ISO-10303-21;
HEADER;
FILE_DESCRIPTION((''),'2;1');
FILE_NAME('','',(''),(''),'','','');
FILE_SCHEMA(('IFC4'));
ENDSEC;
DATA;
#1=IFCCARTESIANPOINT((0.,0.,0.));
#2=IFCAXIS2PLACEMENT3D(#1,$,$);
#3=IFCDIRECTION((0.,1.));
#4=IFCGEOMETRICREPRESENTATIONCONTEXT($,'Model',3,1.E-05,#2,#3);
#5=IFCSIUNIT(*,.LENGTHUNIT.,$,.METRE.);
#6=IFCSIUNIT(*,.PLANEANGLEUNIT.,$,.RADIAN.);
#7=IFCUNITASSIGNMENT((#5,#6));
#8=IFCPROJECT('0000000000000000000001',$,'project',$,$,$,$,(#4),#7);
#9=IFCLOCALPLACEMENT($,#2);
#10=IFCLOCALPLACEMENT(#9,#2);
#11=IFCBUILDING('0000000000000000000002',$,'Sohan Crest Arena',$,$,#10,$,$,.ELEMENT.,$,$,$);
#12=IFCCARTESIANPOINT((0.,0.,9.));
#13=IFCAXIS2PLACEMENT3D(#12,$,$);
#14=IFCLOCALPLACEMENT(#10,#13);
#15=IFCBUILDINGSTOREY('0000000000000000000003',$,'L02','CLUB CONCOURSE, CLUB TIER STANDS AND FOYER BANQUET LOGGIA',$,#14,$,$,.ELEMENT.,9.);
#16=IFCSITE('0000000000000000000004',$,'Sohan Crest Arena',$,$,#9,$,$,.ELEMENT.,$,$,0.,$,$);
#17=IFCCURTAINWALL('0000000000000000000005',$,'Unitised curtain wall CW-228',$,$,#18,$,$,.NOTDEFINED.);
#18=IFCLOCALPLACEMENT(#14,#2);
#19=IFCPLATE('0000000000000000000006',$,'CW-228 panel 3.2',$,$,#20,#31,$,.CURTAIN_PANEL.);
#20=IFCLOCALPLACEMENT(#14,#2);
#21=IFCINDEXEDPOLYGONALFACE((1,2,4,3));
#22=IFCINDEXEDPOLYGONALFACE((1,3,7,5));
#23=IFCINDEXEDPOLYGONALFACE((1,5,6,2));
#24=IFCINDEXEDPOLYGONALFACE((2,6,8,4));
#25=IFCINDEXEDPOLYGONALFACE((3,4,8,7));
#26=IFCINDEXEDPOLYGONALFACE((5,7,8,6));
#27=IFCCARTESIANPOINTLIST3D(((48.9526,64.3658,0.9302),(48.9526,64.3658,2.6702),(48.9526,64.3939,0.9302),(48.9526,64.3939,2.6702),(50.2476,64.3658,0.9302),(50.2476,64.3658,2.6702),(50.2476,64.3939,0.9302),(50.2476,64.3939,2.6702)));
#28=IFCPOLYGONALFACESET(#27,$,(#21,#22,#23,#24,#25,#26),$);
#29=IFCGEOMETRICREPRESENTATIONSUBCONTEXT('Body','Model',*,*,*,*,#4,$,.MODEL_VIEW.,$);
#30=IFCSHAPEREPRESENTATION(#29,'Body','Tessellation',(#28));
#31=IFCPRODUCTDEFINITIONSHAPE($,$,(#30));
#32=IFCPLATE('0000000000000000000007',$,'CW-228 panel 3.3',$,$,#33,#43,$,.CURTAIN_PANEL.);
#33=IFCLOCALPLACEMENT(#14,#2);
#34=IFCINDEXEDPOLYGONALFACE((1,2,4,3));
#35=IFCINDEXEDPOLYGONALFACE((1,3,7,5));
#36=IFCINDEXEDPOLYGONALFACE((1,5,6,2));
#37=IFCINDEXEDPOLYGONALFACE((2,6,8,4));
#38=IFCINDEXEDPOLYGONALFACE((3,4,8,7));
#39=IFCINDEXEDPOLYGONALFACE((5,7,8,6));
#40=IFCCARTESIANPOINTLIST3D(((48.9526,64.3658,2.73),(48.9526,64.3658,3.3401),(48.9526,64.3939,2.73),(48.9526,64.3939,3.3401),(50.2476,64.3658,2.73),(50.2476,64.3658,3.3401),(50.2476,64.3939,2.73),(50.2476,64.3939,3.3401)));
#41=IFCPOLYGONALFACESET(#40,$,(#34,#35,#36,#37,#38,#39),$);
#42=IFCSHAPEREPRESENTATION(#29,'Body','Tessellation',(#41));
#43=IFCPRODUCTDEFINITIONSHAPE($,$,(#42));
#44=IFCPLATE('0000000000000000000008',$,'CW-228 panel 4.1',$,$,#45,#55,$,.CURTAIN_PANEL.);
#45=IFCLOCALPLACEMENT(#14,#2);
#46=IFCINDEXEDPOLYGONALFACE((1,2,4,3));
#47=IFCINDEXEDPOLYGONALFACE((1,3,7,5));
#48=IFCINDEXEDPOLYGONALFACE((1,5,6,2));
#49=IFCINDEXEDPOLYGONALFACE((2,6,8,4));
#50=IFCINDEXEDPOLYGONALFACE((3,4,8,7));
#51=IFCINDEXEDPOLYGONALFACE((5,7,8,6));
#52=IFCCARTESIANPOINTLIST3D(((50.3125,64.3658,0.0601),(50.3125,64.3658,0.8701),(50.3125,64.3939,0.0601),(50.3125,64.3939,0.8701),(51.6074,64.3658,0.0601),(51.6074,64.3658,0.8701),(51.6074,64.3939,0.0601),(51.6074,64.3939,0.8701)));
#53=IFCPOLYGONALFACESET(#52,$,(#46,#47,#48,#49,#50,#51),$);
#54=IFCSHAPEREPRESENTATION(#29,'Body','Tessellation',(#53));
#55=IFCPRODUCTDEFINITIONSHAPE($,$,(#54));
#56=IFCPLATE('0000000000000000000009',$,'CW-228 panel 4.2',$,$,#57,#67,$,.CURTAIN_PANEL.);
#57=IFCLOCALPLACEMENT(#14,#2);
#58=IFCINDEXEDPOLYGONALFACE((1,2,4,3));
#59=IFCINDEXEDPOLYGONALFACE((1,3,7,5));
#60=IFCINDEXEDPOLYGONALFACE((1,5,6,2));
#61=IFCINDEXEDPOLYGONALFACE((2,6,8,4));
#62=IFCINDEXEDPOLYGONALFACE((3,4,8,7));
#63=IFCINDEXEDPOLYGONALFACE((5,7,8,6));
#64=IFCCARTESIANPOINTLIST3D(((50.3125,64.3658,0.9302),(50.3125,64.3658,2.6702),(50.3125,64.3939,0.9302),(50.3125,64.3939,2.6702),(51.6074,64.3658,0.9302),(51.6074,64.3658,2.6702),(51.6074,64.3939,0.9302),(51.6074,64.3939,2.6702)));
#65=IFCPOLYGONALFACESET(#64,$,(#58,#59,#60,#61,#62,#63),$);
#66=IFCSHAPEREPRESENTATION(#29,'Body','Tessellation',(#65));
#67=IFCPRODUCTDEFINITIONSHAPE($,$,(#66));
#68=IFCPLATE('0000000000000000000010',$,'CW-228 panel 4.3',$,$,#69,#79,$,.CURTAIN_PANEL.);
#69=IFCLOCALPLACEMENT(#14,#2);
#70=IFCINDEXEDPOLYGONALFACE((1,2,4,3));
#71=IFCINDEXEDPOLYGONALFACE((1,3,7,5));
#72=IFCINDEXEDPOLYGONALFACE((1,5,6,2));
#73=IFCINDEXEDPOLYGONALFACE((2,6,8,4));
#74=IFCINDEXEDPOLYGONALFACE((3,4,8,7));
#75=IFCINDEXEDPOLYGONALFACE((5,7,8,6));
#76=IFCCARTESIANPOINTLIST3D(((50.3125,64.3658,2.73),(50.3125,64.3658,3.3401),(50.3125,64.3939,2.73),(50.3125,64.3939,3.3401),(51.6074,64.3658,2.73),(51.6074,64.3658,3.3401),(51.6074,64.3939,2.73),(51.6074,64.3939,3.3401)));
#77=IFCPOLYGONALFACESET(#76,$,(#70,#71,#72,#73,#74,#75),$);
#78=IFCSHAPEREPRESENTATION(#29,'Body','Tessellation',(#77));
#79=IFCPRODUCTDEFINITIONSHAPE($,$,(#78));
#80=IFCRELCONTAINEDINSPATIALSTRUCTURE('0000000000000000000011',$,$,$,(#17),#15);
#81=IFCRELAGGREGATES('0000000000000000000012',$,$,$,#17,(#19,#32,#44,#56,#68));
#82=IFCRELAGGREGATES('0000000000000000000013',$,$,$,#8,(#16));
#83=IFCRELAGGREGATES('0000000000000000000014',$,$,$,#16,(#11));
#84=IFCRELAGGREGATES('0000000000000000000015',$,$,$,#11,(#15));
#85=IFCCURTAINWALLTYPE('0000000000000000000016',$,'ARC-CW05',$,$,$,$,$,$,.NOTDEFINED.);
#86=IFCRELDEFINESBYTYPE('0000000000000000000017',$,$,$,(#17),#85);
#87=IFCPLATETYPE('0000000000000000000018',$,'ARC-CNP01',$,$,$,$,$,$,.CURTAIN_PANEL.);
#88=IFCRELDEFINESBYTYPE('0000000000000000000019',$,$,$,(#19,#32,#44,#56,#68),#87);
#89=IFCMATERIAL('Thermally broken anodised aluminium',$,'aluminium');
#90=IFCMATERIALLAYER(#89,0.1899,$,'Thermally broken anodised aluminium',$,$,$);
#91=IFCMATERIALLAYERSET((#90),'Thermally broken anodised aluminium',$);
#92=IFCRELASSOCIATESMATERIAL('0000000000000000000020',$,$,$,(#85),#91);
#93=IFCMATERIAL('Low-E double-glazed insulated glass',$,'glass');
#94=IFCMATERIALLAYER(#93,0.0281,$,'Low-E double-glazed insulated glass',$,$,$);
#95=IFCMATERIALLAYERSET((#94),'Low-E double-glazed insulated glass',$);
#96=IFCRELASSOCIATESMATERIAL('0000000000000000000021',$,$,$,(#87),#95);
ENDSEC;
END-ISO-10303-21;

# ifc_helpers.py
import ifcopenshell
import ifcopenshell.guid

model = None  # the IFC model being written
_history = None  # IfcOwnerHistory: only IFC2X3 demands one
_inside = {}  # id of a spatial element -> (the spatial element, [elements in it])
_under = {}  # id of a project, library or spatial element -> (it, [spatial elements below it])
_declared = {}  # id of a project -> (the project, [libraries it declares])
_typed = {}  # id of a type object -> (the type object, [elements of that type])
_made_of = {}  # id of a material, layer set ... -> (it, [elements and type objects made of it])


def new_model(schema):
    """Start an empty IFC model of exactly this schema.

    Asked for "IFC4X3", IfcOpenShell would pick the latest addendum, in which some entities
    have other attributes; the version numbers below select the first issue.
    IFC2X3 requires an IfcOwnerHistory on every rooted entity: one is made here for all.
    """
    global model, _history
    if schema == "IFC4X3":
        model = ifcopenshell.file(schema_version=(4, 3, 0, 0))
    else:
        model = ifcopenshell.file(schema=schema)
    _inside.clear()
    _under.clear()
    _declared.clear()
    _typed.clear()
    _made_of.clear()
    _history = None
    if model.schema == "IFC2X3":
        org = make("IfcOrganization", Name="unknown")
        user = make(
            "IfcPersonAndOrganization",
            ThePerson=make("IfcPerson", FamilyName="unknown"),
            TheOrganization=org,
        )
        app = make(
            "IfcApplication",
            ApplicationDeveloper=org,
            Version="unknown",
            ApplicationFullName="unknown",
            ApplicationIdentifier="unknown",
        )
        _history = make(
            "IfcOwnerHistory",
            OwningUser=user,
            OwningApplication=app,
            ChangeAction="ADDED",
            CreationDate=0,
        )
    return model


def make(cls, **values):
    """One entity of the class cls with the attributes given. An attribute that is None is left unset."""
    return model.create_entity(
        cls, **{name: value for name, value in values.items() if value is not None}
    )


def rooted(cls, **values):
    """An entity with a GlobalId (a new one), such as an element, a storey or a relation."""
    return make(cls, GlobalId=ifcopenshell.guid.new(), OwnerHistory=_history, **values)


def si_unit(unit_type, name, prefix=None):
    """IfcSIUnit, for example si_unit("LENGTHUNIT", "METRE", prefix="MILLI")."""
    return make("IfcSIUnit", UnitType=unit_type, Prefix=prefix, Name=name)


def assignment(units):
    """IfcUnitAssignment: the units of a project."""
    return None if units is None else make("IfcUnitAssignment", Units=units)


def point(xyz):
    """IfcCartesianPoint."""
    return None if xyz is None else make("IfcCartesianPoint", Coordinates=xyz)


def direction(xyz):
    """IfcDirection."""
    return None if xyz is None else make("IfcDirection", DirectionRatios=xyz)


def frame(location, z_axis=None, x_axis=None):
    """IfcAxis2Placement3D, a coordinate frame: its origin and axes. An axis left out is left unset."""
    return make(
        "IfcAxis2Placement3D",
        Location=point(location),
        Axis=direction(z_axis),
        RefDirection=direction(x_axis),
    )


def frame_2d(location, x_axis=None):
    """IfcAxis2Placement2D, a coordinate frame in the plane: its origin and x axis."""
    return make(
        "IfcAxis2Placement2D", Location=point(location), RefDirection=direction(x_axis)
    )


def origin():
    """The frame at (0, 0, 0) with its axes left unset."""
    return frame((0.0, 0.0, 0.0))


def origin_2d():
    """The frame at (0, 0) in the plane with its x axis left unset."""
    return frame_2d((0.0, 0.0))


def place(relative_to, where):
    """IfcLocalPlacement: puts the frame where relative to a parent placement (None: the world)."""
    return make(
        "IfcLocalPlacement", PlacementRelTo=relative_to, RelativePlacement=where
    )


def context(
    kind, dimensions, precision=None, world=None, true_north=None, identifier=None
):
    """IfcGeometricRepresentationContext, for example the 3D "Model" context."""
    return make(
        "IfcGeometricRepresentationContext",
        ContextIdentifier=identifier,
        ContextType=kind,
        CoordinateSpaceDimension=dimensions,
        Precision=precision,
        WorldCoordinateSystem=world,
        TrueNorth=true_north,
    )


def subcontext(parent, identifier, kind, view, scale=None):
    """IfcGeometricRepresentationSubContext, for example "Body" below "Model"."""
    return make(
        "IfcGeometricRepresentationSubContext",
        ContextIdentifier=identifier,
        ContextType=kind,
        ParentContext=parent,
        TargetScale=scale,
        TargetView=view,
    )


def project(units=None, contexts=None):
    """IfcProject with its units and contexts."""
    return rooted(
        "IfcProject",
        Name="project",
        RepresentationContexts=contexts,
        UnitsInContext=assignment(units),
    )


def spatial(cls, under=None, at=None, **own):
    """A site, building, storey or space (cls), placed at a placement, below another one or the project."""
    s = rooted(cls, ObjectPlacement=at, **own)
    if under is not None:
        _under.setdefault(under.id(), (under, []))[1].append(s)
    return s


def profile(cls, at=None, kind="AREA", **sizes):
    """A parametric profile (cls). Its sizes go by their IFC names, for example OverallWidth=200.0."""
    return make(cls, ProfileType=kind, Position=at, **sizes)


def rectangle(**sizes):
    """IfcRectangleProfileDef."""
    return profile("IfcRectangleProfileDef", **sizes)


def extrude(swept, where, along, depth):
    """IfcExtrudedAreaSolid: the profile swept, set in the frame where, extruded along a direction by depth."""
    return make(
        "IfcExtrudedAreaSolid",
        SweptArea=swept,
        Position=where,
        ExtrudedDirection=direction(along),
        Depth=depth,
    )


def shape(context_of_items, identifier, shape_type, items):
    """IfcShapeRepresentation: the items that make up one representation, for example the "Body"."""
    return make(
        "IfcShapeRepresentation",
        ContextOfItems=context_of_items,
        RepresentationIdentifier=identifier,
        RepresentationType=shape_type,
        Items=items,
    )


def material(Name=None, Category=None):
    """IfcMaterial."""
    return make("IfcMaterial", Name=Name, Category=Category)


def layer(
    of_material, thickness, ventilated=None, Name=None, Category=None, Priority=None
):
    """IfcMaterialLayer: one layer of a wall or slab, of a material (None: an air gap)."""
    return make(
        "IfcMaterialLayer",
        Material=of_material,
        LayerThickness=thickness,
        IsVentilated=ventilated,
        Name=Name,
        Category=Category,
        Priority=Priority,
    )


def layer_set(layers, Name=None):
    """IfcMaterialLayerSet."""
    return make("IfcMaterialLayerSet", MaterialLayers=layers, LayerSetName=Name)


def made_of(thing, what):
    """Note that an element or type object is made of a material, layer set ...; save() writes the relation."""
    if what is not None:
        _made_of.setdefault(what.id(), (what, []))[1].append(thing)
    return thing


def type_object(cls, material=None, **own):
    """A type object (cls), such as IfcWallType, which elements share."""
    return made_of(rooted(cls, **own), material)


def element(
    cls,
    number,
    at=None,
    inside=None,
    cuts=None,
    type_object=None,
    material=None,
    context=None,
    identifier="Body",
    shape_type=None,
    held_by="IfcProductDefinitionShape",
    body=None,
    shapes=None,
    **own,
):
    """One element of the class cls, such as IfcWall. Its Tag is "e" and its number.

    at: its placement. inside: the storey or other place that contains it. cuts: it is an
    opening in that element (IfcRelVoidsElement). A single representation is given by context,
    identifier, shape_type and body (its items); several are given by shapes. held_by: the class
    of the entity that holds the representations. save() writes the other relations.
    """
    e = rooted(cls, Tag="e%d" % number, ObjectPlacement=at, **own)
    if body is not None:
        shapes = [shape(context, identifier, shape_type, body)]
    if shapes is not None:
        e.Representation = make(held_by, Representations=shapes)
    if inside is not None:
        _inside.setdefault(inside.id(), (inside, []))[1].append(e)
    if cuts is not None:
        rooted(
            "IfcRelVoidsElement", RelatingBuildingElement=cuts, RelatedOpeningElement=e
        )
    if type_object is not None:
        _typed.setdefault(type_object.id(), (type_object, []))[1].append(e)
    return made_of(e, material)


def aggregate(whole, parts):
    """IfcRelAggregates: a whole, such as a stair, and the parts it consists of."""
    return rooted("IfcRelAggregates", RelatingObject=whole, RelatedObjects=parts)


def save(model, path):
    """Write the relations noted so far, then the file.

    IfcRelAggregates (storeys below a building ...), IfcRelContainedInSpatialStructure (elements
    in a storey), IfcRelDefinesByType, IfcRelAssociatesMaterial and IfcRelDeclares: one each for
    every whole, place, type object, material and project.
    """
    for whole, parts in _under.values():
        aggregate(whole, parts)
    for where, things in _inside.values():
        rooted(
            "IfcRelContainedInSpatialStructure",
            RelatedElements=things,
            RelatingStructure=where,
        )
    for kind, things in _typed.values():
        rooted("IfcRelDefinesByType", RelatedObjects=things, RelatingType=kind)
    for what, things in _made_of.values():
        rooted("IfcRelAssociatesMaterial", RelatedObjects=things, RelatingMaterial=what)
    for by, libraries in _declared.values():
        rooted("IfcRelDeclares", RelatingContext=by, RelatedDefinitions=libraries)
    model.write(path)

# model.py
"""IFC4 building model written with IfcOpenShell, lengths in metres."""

from ifc_helpers import new_model, si_unit, direction, frame, origin, origin_2d, place, context, subcontext, project, spatial, rectangle, extrude, material, layer, layer_set, type_object, element, aggregate, save


model = new_model("IFC4")

# Units and contexts
model_context = context("Model", 3, precision=1e-05, world=origin(), true_north=direction((0.0, 1.0)))
body_context = subcontext(model_context, "Body", "Model", "MODEL_VIEW")
ifc_project = project(units=[si_unit("LENGTHUNIT", "METRE"), si_unit("PLANEANGLEUNIT", "RADIAN")], contexts=[model_context])

# Site, building, storey
site_placement = place(None, origin())
site = spatial("IfcSite", under=ifc_project, at=site_placement, Name="Sohan Crest Arena", CompositionType="ELEMENT", RefElevation=0.0)
building_placement = place(site_placement, origin())
building = spatial("IfcBuilding", under=site, at=building_placement, Name="Sohan Crest Arena", CompositionType="ELEMENT")
storey_placement = place(building_placement, frame((0.0, 0.0, 9.0)))
storey = spatial("IfcBuildingStorey", under=building, at=storey_placement, Name="L02", Description="CLUB CONCOURSE, CLUB TIER STANDS AND FOYER BANQUET LOGGIA", CompositionType="ELEMENT", Elevation=9.0)

# Curtain wall
ifc_material_1 = material(Name="Thermally broken anodised aluminium", Category="aluminium")
ifc_layer_1 = layer(ifc_material_1, 0.1899, Name="Thermally broken anodised aluminium")
ifc_layer_set_1 = layer_set([ifc_layer_1], Name="Thermally broken anodised aluminium")
curtain_wall_type = type_object("IfcCurtainWallType", Name="ARC-CW05", PredefinedType="NOTDEFINED", material=ifc_layer_set_1)
curtain_wall_1_placement = place(storey_placement, origin())
curtain_wall_1 = element("IfcCurtainWall", 1, at=curtain_wall_1_placement, inside=storey, type_object=curtain_wall_type, Name="Unitised curtain wall CW-228", PredefinedType="NOTDEFINED")

# Plates
ifc_material_2 = material(Name="Low-E double-glazed insulated glass", Category="glass")
ifc_layer_2 = layer(ifc_material_2, 0.0281, Name="Low-E double-glazed insulated glass")
ifc_layer_set_2 = layer_set([ifc_layer_2], Name="Low-E double-glazed insulated glass")
plate_type = type_object("IfcPlateType", Name="ARC-CNP01", PredefinedType="CURTAIN_PANEL", material=ifc_layer_set_2)
plate_1_placement = place(storey_placement, frame((49.6001, 64.3799, 0.9302), z_axis=(0.0, 0.0, 1.0), x_axis=(1.0, 0.0, 0.0)))
plate_1 = element("IfcPlate", 2, at=plate_1_placement, type_object=plate_type, Name="CW-228 panel 3.2", PredefinedType="CURTAIN_PANEL", context=body_context, shape_type="SweptSolid", body=[
    extrude(rectangle(XDim=1.2949, YDim=0.0281, at=origin_2d()), origin(), (0.0, 0.0, 1.0), 1.74),
])
plate_2_placement = place(storey_placement, frame((49.6001, 64.3799, 2.73), z_axis=(0.0, 0.0, 1.0), x_axis=(1.0, 0.0, 0.0)))
plate_2 = element("IfcPlate", 3, at=plate_2_placement, type_object=plate_type, Name="CW-228 panel 3.3", PredefinedType="CURTAIN_PANEL", context=body_context, shape_type="SweptSolid", body=[
    extrude(rectangle(XDim=1.2949, YDim=0.0281, at=origin_2d()), origin(), (0.0, 0.0, 1.0), 0.6101),
])
plate_3_placement = place(storey_placement, frame((50.96, 64.3799, 0.0601), z_axis=(0.0, 0.0, 1.0), x_axis=(1.0, 0.0, 0.0)))
plate_3 = element("IfcPlate", 4, at=plate_3_placement, type_object=plate_type, Name="CW-228 panel 4.1", PredefinedType="CURTAIN_PANEL", context=body_context, shape_type="SweptSolid", body=[
    extrude(rectangle(XDim=1.2949, YDim=0.0281, at=origin_2d()), origin(), (0.0, 0.0, 1.0), 0.8101),
])
plate_4_placement = place(storey_placement, frame((50.96, 64.3799, 0.9302), z_axis=(0.0, 0.0, 1.0), x_axis=(1.0, 0.0, 0.0)))
plate_4 = element("IfcPlate", 5, at=plate_4_placement, type_object=plate_type, Name="CW-228 panel 4.2", PredefinedType="CURTAIN_PANEL", context=body_context, shape_type="SweptSolid", body=[
    extrude(rectangle(XDim=1.2949, YDim=0.0281, at=origin_2d()), origin(), (0.0, 0.0, 1.0), 1.74),
])
plate_5_placement = place(storey_placement, frame((50.96, 64.3799, 2.73), z_axis=(0.0, 0.0, 1.0), x_axis=(1.0, 0.0, 0.0)))
plate_5 = element("IfcPlate", 6, at=plate_5_placement, type_object=plate_type, Name="CW-228 panel 4.3", PredefinedType="CURTAIN_PANEL", context=body_context, shape_type="SweptSolid", body=[
    extrude(rectangle(XDim=1.2949, YDim=0.0281, at=origin_2d()), origin(), (0.0, 0.0, 1.0), 0.6101),
])
aggregate(curtain_wall_1, [plate_1, plate_2, plate_3, plate_4, plate_5])

save(model, "model.ifc")
